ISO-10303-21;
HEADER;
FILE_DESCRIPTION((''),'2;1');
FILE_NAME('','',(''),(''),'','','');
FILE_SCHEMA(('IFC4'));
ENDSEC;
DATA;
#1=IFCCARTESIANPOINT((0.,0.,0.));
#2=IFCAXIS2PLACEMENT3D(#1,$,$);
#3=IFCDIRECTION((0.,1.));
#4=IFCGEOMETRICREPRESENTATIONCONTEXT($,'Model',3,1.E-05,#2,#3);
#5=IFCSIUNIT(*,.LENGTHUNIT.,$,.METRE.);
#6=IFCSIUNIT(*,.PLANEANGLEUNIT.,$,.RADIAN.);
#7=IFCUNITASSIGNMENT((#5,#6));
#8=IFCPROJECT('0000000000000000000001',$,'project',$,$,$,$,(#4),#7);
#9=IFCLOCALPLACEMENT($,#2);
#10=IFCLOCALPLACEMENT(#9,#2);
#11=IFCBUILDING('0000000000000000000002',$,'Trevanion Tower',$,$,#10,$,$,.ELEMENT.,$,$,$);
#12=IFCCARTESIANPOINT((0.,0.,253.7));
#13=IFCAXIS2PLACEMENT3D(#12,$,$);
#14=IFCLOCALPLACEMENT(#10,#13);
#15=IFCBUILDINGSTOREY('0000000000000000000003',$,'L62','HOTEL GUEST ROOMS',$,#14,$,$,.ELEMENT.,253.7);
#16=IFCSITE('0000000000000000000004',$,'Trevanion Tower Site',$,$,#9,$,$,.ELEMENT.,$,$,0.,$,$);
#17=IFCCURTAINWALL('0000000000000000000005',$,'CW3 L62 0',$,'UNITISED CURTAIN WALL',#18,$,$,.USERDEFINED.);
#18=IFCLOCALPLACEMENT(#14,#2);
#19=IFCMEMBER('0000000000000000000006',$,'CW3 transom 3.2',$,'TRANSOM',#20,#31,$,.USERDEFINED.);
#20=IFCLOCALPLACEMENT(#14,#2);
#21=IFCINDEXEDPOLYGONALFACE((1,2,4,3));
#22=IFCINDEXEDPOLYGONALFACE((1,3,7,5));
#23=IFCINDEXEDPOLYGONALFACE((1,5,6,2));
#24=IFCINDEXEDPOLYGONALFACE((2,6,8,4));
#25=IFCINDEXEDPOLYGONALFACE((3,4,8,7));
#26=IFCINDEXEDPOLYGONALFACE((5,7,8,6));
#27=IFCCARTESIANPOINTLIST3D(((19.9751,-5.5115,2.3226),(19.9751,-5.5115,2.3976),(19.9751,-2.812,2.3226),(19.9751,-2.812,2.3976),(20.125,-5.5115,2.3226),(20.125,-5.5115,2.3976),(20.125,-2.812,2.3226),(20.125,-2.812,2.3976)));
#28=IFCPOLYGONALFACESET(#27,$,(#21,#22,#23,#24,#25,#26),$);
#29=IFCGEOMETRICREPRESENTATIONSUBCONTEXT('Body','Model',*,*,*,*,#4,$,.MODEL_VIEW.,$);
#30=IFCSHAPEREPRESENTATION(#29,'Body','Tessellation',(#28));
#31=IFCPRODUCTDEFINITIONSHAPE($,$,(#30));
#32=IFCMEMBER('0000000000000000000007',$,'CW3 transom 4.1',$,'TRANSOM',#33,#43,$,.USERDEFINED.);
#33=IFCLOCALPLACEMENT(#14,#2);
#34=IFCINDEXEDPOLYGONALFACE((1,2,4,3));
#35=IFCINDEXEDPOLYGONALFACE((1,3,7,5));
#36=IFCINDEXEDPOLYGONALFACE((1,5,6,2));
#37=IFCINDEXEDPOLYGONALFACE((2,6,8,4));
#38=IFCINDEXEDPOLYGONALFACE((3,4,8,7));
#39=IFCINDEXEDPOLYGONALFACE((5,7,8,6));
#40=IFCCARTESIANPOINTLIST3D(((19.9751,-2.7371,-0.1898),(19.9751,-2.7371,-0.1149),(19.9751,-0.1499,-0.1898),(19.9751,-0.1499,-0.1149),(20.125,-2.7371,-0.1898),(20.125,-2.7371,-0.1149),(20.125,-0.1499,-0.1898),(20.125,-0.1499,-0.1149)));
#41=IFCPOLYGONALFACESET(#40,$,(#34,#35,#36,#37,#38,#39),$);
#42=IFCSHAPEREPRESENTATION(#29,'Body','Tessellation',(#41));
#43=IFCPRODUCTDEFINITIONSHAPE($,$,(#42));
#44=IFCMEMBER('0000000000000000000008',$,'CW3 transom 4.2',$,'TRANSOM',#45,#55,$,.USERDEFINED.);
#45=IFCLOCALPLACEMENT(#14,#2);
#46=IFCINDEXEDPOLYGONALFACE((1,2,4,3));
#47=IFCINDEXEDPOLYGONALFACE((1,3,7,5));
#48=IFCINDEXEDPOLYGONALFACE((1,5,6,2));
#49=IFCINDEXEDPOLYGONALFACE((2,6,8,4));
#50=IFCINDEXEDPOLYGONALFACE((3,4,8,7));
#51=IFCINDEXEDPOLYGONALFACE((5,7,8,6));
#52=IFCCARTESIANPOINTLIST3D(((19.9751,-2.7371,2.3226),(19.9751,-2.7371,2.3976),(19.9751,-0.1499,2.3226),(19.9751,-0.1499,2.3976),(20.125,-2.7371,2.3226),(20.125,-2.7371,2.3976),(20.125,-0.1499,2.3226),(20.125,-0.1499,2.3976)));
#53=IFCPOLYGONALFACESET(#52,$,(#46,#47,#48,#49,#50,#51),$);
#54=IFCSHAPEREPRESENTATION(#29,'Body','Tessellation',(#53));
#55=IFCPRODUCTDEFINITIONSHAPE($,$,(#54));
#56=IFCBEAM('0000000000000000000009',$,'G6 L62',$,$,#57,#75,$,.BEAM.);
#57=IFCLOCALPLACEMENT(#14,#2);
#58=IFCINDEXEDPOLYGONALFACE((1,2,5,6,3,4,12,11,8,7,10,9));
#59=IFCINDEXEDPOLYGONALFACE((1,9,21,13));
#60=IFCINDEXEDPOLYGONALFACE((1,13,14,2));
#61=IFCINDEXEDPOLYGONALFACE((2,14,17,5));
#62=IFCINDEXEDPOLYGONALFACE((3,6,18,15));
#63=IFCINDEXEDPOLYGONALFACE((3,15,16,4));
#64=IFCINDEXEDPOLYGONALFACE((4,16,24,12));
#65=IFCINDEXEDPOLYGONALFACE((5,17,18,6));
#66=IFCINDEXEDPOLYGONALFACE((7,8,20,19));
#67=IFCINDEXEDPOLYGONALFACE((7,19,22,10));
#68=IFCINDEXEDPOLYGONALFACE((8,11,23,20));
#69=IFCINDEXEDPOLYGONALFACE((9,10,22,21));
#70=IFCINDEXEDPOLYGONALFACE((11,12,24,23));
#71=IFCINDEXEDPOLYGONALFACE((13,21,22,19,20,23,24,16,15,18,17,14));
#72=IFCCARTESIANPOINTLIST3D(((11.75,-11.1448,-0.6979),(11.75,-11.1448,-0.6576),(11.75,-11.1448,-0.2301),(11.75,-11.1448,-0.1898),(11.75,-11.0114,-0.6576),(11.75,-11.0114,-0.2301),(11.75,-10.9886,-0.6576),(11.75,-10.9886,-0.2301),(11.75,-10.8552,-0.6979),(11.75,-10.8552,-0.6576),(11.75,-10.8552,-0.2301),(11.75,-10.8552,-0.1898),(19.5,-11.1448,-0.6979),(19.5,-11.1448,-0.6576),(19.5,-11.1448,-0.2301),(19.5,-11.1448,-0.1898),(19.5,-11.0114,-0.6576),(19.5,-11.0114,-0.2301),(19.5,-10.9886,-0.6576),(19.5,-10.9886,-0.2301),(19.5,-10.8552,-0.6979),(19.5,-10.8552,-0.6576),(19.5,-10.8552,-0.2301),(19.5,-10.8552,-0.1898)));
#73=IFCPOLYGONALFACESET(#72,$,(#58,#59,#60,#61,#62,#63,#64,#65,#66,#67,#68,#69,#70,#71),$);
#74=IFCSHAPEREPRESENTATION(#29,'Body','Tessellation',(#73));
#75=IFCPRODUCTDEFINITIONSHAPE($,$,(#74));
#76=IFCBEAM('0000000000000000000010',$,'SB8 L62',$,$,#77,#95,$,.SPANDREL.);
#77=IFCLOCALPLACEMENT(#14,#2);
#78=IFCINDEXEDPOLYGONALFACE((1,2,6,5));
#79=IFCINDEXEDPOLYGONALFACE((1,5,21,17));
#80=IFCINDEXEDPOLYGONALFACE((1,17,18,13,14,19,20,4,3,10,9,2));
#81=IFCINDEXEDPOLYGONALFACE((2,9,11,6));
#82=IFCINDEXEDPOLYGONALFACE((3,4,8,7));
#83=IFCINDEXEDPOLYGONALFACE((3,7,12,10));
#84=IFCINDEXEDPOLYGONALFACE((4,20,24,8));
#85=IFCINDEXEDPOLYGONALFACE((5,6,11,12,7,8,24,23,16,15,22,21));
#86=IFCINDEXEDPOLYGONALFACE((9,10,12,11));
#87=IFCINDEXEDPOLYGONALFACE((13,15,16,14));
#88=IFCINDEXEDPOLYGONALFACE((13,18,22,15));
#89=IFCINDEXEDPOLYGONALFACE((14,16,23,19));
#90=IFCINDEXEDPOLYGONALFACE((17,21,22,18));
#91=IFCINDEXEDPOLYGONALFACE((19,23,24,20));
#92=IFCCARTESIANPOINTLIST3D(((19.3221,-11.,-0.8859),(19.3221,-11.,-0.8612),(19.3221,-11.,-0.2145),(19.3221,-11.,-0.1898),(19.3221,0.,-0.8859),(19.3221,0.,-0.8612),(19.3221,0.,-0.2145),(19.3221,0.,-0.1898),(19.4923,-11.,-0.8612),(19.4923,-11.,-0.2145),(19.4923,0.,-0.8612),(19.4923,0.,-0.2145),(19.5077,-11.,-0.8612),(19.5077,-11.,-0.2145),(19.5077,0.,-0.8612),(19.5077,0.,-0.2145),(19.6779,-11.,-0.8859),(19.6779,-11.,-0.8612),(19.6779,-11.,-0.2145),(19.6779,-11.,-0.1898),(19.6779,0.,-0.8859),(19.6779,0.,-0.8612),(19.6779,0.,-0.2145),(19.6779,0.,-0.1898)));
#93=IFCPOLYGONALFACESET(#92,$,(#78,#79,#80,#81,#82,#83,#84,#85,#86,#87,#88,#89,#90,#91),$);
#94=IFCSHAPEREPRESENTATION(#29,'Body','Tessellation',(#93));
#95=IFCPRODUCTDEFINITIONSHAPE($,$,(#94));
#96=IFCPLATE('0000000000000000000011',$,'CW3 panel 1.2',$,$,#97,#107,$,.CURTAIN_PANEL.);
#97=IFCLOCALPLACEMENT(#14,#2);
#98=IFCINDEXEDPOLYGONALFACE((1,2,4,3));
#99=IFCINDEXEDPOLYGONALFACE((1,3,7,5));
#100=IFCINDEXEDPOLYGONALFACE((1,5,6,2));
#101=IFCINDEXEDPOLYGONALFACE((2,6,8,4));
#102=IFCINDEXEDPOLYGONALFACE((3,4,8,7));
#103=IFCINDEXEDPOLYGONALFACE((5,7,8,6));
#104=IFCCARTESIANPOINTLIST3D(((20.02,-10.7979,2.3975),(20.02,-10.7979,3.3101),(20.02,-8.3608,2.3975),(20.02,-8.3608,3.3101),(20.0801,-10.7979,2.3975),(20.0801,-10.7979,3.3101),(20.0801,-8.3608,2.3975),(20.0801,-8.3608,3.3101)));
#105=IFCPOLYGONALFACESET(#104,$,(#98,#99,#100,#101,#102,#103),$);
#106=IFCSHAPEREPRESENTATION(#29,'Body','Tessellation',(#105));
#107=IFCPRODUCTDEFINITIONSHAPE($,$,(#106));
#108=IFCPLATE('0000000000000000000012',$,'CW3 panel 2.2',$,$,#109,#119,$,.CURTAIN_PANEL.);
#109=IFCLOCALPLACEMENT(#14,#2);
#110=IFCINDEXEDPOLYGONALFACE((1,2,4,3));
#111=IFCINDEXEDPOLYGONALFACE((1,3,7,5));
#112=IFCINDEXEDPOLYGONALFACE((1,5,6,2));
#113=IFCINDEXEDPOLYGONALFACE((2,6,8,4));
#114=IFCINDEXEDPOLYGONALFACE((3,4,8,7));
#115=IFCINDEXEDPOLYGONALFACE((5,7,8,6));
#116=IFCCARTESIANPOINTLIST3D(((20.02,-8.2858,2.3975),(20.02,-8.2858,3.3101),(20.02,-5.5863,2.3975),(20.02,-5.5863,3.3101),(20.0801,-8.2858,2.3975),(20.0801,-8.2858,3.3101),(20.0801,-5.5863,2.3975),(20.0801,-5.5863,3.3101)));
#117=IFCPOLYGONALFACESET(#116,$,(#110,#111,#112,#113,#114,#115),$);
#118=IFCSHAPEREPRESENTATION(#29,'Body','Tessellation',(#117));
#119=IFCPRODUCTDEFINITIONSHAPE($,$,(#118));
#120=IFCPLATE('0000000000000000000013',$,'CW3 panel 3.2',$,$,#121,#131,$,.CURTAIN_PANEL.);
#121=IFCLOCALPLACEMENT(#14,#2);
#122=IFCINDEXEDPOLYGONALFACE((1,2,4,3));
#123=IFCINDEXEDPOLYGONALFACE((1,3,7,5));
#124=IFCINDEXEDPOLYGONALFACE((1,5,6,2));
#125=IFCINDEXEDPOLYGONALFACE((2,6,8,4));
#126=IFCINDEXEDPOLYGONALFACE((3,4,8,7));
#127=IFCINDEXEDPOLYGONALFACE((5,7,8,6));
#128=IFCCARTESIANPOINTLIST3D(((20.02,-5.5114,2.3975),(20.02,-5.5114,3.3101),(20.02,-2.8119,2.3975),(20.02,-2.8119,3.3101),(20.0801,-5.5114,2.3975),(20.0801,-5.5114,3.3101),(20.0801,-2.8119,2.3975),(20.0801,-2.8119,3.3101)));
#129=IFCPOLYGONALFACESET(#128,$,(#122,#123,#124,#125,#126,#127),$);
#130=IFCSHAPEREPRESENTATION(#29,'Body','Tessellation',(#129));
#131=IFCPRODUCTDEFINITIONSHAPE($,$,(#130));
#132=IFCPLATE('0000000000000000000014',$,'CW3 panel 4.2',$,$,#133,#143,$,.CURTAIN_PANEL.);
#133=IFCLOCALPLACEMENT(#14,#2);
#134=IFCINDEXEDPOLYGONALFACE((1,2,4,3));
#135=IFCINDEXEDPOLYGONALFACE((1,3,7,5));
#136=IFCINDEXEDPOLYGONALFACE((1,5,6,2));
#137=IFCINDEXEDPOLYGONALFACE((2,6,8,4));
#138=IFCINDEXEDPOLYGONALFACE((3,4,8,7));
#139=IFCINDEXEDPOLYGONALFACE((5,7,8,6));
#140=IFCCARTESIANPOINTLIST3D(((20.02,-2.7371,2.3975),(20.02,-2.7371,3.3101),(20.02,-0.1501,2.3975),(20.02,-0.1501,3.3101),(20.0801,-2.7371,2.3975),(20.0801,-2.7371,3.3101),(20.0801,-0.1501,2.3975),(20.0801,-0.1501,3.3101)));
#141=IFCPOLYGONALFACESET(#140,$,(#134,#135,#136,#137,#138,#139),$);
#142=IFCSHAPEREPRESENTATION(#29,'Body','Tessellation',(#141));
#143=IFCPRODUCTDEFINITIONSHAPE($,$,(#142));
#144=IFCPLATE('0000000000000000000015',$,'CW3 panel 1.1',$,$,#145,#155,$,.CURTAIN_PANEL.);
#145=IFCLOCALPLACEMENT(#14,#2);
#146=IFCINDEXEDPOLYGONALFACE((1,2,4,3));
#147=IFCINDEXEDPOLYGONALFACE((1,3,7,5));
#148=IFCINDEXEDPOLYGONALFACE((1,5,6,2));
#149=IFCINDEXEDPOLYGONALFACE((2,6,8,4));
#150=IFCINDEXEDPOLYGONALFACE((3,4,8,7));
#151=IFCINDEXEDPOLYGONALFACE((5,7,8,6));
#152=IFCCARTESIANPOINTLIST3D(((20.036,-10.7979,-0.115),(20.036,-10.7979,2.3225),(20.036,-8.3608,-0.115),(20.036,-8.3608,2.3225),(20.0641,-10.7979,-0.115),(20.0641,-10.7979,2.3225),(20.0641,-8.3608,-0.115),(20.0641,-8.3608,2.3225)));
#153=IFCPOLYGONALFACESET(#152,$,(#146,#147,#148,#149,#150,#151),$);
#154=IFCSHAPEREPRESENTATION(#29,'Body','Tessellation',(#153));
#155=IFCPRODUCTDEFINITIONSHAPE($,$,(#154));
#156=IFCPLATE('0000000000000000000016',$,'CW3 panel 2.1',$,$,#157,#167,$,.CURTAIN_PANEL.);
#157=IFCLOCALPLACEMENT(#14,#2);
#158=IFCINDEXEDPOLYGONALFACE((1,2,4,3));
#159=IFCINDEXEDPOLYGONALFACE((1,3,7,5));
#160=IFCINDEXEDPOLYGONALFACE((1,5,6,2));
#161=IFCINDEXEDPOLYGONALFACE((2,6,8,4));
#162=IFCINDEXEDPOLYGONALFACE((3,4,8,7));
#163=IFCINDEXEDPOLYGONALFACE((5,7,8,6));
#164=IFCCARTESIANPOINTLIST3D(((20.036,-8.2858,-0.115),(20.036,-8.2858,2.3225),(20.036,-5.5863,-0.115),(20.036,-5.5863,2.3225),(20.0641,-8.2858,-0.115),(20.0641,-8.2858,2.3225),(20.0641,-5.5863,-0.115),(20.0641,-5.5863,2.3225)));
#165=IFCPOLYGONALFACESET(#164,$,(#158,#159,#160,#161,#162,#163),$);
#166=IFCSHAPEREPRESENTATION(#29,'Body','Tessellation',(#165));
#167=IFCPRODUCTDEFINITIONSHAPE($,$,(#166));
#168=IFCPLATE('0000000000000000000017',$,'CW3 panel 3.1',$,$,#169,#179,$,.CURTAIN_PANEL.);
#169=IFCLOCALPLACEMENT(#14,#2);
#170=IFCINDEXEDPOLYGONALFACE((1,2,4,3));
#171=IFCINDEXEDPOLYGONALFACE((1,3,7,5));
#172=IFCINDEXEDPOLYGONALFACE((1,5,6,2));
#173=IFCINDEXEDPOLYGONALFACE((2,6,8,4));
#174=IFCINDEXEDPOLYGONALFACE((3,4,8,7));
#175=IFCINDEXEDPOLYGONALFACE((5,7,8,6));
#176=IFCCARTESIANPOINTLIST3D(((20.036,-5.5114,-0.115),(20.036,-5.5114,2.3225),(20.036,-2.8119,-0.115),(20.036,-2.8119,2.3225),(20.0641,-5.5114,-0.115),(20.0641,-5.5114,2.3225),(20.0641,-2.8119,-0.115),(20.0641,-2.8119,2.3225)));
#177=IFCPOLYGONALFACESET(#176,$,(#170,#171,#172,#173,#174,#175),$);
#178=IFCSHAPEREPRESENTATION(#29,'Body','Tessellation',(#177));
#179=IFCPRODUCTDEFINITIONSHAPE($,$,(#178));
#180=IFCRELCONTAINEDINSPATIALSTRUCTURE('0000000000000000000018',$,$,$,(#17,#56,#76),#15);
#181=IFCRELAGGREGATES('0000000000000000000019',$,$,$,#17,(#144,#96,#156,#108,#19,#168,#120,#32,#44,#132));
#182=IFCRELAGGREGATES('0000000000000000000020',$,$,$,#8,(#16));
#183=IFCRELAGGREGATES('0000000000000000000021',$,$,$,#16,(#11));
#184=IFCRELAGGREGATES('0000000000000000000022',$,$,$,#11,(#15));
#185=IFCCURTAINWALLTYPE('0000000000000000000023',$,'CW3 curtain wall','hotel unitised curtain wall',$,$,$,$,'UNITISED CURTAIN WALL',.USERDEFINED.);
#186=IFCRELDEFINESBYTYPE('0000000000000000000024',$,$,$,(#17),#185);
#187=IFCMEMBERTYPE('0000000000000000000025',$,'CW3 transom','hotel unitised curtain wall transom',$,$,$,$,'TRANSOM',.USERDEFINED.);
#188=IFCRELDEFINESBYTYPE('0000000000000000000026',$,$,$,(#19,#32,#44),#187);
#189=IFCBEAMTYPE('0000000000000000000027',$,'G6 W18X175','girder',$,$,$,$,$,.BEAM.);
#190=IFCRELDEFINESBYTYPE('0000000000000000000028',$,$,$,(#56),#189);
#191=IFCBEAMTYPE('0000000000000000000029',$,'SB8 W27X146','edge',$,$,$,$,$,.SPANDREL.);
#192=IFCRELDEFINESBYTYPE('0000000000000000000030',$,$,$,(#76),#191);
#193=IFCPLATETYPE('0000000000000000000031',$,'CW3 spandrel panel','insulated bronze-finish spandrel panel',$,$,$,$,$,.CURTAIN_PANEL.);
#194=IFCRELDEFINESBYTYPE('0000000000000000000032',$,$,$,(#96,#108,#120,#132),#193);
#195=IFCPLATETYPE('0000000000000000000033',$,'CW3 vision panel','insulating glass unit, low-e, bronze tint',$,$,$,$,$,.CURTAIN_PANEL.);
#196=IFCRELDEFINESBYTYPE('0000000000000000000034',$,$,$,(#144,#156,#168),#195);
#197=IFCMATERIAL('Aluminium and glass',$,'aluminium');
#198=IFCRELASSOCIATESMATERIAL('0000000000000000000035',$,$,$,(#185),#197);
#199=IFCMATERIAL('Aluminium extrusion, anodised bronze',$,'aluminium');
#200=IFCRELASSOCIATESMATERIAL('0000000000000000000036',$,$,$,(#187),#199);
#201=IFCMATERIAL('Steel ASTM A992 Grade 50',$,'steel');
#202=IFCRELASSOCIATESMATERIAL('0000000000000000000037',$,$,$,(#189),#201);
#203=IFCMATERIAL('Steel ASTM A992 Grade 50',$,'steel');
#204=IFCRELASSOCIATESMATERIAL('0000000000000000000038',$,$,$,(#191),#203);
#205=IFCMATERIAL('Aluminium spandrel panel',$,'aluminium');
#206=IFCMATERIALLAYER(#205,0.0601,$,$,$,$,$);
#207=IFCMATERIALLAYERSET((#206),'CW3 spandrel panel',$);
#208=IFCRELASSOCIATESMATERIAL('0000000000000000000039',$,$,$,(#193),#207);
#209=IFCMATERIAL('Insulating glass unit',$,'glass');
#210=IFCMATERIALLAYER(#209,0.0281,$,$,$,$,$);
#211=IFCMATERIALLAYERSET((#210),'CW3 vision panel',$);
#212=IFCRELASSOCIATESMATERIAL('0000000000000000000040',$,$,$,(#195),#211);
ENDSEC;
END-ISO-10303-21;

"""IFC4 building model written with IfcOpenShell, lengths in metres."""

from ifc_helpers import new_model, si_unit, direction, frame, origin, origin_2d, place, context, subcontext, project, spatial, rectangle, i_section, extrude, material, layer, layer_set, material_profile, profile_set, type_object, element, aggregate, save


model = new_model("IFC4")

# Units and contexts
model_context = context("Model", 3, precision=1e-05, world=origin(), true_north=direction((0.0, 1.0)))
body_context = subcontext(model_context, "Body", "Model", "MODEL_VIEW")
ifc_project = project(units=[si_unit("LENGTHUNIT", "METRE"), si_unit("PLANEANGLEUNIT", "RADIAN")], contexts=[model_context])

# Site, building, storey
site_placement = place(None, origin())
site = spatial("IfcSite", under=ifc_project, at=site_placement, Name="Trevanion Tower Site", CompositionType="ELEMENT", RefElevation=0.0)
building_placement = place(site_placement, origin())
building = spatial("IfcBuilding", under=site, at=building_placement, Name="Trevanion Tower", CompositionType="ELEMENT")
storey_placement = place(building_placement, frame((0.0, 0.0, 253.7)))
storey = spatial("IfcBuildingStorey", under=building, at=storey_placement, Name="L62", Description="HOTEL GUEST ROOMS", CompositionType="ELEMENT", Elevation=253.7)

# Curtain wall, members
ifc_material_1 = material(Name="Aluminium and glass", Category="aluminium")
curtain_wall_type = type_object("IfcCurtainWallType", Name="CW3 curtain wall", Description="hotel unitised curtain wall", ElementType="UNITISED CURTAIN WALL", PredefinedType="USERDEFINED", material=ifc_material_1)
curtain_wall_placement = place(storey_placement, origin())
curtain_wall = element("IfcCurtainWall", 1, at=curtain_wall_placement, inside=storey, type_object=curtain_wall_type, Name="CW3 L62 0", ObjectType="UNITISED CURTAIN WALL", PredefinedType="USERDEFINED")
ifc_material_2 = material(Name="Aluminium extrusion, anodised bronze", Category="aluminium")
ifc_material_profile_1 = material_profile(ifc_material_2, rectangle(XDim=0.1499, YDim=0.075, at=origin_2d()), Name="CW3 transom")
ifc_profile_set_1 = profile_set([ifc_material_profile_1], Name="Aluminium extrusion, anodised bronze")
member_type_1 = type_object("IfcMemberType", Name="CW3 transom", Description="hotel unitised curtain wall transom", ElementType="TRANSOM", PredefinedType="USERDEFINED", material=ifc_profile_set_1)
member_1_placement = place(storey_placement, frame((20.05, -5.5115, 2.3601), z_axis=(0.0, 1.0, 0.0), x_axis=(-1.0, 0.0, 0.0)))
member_1 = element("IfcMember", 2, at=member_1_placement, type_object=member_type_1, Name="CW3 transom 3.2", ObjectType="TRANSOM", PredefinedType="USERDEFINED", context=body_context, shape_type="SweptSolid", body=[
    extrude(rectangle(XDim=0.1499, YDim=0.075, at=origin_2d()), origin(), (0.0, 0.0, 1.0), 2.6995),
])
member_2_placement = place(storey_placement, frame((20.05, -2.7371, -0.1523), z_axis=(0.0, 1.0, 0.0), x_axis=(-1.0, 0.0, 0.0)))
member_2 = element("IfcMember", 3, at=member_2_placement, type_object=member_type_1, Name="CW3 transom 4.1", ObjectType="TRANSOM", PredefinedType="USERDEFINED", context=body_context, shape_type="SweptSolid", body=[
    extrude(rectangle(XDim=0.1499, YDim=0.075, at=origin_2d()), origin(), (0.0, 0.0, 1.0), 2.5872),
])
member_3_placement = place(storey_placement, frame((20.05, -2.7371, 2.3601), z_axis=(0.0, 1.0, 0.0), x_axis=(-1.0, 0.0, 0.0)))
member_3 = element("IfcMember", 4, at=member_3_placement, type_object=member_type_1, Name="CW3 transom 4.2", ObjectType="TRANSOM", PredefinedType="USERDEFINED", context=body_context, shape_type="SweptSolid", body=[
    extrude(rectangle(XDim=0.1499, YDim=0.075, at=origin_2d()), origin(), (0.0, 0.0, 1.0), 2.5872),
])

# Beams
ifc_material_3 = material(Name="Steel ASTM A992 Grade 50", Category="steel")
ifc_material_profile_2 = material_profile(ifc_material_3, i_section(OverallWidth=0.2896, OverallDepth=0.5081, WebThickness=0.0227, FlangeThickness=0.0403, at=origin_2d()), Name="W18X175")
ifc_profile_set_2 = profile_set([ifc_material_profile_2], Name="Steel ASTM A992 Grade 50")
beam_type_1 = type_object("IfcBeamType", Name="G6 W18X175", Description="girder", PredefinedType="BEAM", material=ifc_profile_set_2)
beam_1_placement = place(storey_placement, frame((11.75, -11.0, -0.4438), z_axis=(1.0, 0.0, 0.0), x_axis=(0.0, 1.0, 0.0)))
element("IfcBeam", 5, at=beam_1_placement, inside=storey, type_object=beam_type_1, Name="G6 L62", PredefinedType="BEAM", context=body_context, shape_type="SweptSolid", body=[
    extrude(i_section(OverallWidth=0.2896, OverallDepth=0.5081, WebThickness=0.0227, FlangeThickness=0.0403, at=origin_2d()), origin(), (0.0, 0.0, 1.0), 7.75),
])
ifc_material_4 = material(Name="Steel ASTM A992 Grade 50", Category="steel")
ifc_material_profile_3 = material_profile(ifc_material_4, i_section(OverallWidth=0.3557, OverallDepth=0.696, WebThickness=0.0154, FlangeThickness=0.0247, at=origin_2d()), Name="W27X146")
ifc_profile_set_3 = profile_set([ifc_material_profile_3], Name="Steel ASTM A992 Grade 50")
beam_type_2 = type_object("IfcBeamType", Name="SB8 W27X146", Description="edge", PredefinedType="SPANDREL", material=ifc_profile_set_3)
beam_2_placement = place(storey_placement, frame((19.5, -11.0, -0.5378), z_axis=(0.0, 1.0, 0.0), x_axis=(-1.0, 0.0, 0.0)))
element("IfcBeam", 6, at=beam_2_placement, inside=storey, type_object=beam_type_2, Name="SB8 L62", PredefinedType="SPANDREL", context=body_context, shape_type="SweptSolid", body=[
    extrude(i_section(OverallWidth=0.3557, OverallDepth=0.696, WebThickness=0.0154, FlangeThickness=0.0247, at=origin_2d()), origin(), (0.0, 0.0, 1.0), 11.0),
])

# Plates
ifc_material_5 = material(Name="Aluminium spandrel panel", Category="aluminium")
ifc_layer_1 = layer(ifc_material_5, 0.0601)
ifc_layer_set_1 = layer_set([ifc_layer_1], Name="CW3 spandrel panel")
plate_type_1 = type_object("IfcPlateType", Name="CW3 spandrel panel", Description="insulated bronze-finish spandrel panel", PredefinedType="CURTAIN_PANEL", material=ifc_layer_set_1)
plate_1_placement = place(storey_placement, frame((20.05, -9.5793, 2.3975), z_axis=(0.0, 0.0, 1.0), x_axis=(0.0, 1.0, 0.0)))
plate_1 = element("IfcPlate", 7, at=plate_1_placement, type_object=plate_type_1, Name="CW3 panel 1.2", PredefinedType="CURTAIN_PANEL", context=body_context, shape_type="SweptSolid", body=[
    extrude(rectangle(XDim=2.437, YDim=0.0601, at=origin_2d()), origin(), (0.0, 0.0, 1.0), 0.9126),
])
plate_2_placement = place(storey_placement, frame((20.05, -6.936, 2.3975), z_axis=(0.0, 0.0, 1.0), x_axis=(0.0, 1.0, 0.0)))
plate_2 = element("IfcPlate", 8, at=plate_2_placement, type_object=plate_type_1, Name="CW3 panel 2.2", PredefinedType="CURTAIN_PANEL", context=body_context, shape_type="SweptSolid", body=[
    extrude(rectangle(XDim=2.6995, YDim=0.0601, at=origin_2d()), origin(), (0.0, 0.0, 1.0), 0.9126),
])
plate_3_placement = place(storey_placement, frame((20.05, -4.1616, 2.3975), z_axis=(0.0, 0.0, 1.0), x_axis=(0.0, 1.0, 0.0)))
plate_3 = element("IfcPlate", 9, at=plate_3_placement, type_object=plate_type_1, Name="CW3 panel 3.2", PredefinedType="CURTAIN_PANEL", context=body_context, shape_type="SweptSolid", body=[
    extrude(rectangle(XDim=2.6995, YDim=0.0601, at=origin_2d()), origin(), (0.0, 0.0, 1.0), 0.9126),
])
plate_4_placement = place(storey_placement, frame((20.05, -1.4436, 2.3975), z_axis=(0.0, 0.0, 1.0), x_axis=(0.0, 1.0, 0.0)))
plate_4 = element("IfcPlate", 10, at=plate_4_placement, type_object=plate_type_1, Name="CW3 panel 4.2", PredefinedType="CURTAIN_PANEL", context=body_context, shape_type="SweptSolid", body=[
    extrude(rectangle(XDim=2.5869, YDim=0.0601, at=origin_2d()), origin(), (0.0, 0.0, 1.0), 0.9126),
])
ifc_material_6 = material(Name="Insulating glass unit", Category="glass")
ifc_layer_2 = layer(ifc_material_6, 0.0281)
ifc_layer_set_2 = layer_set([ifc_layer_2], Name="CW3 vision panel")
plate_type_2 = type_object("IfcPlateType", Name="CW3 vision panel", Description="insulating glass unit, low-e, bronze tint", PredefinedType="CURTAIN_PANEL", material=ifc_layer_set_2)
plate_5_placement = place(storey_placement, frame((20.05, -9.5793, -0.115), z_axis=(0.0, 0.0, 1.0), x_axis=(0.0, 1.0, 0.0)))
plate_5 = element("IfcPlate", 11, at=plate_5_placement, type_object=plate_type_2, Name="CW3 panel 1.1", PredefinedType="CURTAIN_PANEL", context=body_context, shape_type="SweptSolid", body=[
    extrude(rectangle(XDim=2.437, YDim=0.0281, at=origin_2d()), origin(), (0.0, 0.0, 1.0), 2.4375),
])
plate_6_placement = place(storey_placement, frame((20.05, -6.936, -0.115), z_axis=(0.0, 0.0, 1.0), x_axis=(0.0, 1.0, 0.0)))
plate_6 = element("IfcPlate", 12, at=plate_6_placement, type_object=plate_type_2, Name="CW3 panel 2.1", PredefinedType="CURTAIN_PANEL", context=body_context, shape_type="SweptSolid", body=[
    extrude(rectangle(XDim=2.6995, YDim=0.0281, at=origin_2d()), origin(), (0.0, 0.0, 1.0), 2.4375),
])
plate_7_placement = place(storey_placement, frame((20.05, -4.1616, -0.115), z_axis=(0.0, 0.0, 1.0), x_axis=(0.0, 1.0, 0.0)))
plate_7 = element("IfcPlate", 13, at=plate_7_placement, type_object=plate_type_2, Name="CW3 panel 3.1", PredefinedType="CURTAIN_PANEL", context=body_context, shape_type="SweptSolid", body=[
    extrude(rectangle(XDim=2.6995, YDim=0.0281, at=origin_2d()), origin(), (0.0, 0.0, 1.0), 2.4375),
])
aggregate(curtain_wall, [plate_5, plate_1, plate_6, plate_2, member_1, plate_7, plate_3, member_2, member_3, plate_4])

save(model, "model.ifc")
